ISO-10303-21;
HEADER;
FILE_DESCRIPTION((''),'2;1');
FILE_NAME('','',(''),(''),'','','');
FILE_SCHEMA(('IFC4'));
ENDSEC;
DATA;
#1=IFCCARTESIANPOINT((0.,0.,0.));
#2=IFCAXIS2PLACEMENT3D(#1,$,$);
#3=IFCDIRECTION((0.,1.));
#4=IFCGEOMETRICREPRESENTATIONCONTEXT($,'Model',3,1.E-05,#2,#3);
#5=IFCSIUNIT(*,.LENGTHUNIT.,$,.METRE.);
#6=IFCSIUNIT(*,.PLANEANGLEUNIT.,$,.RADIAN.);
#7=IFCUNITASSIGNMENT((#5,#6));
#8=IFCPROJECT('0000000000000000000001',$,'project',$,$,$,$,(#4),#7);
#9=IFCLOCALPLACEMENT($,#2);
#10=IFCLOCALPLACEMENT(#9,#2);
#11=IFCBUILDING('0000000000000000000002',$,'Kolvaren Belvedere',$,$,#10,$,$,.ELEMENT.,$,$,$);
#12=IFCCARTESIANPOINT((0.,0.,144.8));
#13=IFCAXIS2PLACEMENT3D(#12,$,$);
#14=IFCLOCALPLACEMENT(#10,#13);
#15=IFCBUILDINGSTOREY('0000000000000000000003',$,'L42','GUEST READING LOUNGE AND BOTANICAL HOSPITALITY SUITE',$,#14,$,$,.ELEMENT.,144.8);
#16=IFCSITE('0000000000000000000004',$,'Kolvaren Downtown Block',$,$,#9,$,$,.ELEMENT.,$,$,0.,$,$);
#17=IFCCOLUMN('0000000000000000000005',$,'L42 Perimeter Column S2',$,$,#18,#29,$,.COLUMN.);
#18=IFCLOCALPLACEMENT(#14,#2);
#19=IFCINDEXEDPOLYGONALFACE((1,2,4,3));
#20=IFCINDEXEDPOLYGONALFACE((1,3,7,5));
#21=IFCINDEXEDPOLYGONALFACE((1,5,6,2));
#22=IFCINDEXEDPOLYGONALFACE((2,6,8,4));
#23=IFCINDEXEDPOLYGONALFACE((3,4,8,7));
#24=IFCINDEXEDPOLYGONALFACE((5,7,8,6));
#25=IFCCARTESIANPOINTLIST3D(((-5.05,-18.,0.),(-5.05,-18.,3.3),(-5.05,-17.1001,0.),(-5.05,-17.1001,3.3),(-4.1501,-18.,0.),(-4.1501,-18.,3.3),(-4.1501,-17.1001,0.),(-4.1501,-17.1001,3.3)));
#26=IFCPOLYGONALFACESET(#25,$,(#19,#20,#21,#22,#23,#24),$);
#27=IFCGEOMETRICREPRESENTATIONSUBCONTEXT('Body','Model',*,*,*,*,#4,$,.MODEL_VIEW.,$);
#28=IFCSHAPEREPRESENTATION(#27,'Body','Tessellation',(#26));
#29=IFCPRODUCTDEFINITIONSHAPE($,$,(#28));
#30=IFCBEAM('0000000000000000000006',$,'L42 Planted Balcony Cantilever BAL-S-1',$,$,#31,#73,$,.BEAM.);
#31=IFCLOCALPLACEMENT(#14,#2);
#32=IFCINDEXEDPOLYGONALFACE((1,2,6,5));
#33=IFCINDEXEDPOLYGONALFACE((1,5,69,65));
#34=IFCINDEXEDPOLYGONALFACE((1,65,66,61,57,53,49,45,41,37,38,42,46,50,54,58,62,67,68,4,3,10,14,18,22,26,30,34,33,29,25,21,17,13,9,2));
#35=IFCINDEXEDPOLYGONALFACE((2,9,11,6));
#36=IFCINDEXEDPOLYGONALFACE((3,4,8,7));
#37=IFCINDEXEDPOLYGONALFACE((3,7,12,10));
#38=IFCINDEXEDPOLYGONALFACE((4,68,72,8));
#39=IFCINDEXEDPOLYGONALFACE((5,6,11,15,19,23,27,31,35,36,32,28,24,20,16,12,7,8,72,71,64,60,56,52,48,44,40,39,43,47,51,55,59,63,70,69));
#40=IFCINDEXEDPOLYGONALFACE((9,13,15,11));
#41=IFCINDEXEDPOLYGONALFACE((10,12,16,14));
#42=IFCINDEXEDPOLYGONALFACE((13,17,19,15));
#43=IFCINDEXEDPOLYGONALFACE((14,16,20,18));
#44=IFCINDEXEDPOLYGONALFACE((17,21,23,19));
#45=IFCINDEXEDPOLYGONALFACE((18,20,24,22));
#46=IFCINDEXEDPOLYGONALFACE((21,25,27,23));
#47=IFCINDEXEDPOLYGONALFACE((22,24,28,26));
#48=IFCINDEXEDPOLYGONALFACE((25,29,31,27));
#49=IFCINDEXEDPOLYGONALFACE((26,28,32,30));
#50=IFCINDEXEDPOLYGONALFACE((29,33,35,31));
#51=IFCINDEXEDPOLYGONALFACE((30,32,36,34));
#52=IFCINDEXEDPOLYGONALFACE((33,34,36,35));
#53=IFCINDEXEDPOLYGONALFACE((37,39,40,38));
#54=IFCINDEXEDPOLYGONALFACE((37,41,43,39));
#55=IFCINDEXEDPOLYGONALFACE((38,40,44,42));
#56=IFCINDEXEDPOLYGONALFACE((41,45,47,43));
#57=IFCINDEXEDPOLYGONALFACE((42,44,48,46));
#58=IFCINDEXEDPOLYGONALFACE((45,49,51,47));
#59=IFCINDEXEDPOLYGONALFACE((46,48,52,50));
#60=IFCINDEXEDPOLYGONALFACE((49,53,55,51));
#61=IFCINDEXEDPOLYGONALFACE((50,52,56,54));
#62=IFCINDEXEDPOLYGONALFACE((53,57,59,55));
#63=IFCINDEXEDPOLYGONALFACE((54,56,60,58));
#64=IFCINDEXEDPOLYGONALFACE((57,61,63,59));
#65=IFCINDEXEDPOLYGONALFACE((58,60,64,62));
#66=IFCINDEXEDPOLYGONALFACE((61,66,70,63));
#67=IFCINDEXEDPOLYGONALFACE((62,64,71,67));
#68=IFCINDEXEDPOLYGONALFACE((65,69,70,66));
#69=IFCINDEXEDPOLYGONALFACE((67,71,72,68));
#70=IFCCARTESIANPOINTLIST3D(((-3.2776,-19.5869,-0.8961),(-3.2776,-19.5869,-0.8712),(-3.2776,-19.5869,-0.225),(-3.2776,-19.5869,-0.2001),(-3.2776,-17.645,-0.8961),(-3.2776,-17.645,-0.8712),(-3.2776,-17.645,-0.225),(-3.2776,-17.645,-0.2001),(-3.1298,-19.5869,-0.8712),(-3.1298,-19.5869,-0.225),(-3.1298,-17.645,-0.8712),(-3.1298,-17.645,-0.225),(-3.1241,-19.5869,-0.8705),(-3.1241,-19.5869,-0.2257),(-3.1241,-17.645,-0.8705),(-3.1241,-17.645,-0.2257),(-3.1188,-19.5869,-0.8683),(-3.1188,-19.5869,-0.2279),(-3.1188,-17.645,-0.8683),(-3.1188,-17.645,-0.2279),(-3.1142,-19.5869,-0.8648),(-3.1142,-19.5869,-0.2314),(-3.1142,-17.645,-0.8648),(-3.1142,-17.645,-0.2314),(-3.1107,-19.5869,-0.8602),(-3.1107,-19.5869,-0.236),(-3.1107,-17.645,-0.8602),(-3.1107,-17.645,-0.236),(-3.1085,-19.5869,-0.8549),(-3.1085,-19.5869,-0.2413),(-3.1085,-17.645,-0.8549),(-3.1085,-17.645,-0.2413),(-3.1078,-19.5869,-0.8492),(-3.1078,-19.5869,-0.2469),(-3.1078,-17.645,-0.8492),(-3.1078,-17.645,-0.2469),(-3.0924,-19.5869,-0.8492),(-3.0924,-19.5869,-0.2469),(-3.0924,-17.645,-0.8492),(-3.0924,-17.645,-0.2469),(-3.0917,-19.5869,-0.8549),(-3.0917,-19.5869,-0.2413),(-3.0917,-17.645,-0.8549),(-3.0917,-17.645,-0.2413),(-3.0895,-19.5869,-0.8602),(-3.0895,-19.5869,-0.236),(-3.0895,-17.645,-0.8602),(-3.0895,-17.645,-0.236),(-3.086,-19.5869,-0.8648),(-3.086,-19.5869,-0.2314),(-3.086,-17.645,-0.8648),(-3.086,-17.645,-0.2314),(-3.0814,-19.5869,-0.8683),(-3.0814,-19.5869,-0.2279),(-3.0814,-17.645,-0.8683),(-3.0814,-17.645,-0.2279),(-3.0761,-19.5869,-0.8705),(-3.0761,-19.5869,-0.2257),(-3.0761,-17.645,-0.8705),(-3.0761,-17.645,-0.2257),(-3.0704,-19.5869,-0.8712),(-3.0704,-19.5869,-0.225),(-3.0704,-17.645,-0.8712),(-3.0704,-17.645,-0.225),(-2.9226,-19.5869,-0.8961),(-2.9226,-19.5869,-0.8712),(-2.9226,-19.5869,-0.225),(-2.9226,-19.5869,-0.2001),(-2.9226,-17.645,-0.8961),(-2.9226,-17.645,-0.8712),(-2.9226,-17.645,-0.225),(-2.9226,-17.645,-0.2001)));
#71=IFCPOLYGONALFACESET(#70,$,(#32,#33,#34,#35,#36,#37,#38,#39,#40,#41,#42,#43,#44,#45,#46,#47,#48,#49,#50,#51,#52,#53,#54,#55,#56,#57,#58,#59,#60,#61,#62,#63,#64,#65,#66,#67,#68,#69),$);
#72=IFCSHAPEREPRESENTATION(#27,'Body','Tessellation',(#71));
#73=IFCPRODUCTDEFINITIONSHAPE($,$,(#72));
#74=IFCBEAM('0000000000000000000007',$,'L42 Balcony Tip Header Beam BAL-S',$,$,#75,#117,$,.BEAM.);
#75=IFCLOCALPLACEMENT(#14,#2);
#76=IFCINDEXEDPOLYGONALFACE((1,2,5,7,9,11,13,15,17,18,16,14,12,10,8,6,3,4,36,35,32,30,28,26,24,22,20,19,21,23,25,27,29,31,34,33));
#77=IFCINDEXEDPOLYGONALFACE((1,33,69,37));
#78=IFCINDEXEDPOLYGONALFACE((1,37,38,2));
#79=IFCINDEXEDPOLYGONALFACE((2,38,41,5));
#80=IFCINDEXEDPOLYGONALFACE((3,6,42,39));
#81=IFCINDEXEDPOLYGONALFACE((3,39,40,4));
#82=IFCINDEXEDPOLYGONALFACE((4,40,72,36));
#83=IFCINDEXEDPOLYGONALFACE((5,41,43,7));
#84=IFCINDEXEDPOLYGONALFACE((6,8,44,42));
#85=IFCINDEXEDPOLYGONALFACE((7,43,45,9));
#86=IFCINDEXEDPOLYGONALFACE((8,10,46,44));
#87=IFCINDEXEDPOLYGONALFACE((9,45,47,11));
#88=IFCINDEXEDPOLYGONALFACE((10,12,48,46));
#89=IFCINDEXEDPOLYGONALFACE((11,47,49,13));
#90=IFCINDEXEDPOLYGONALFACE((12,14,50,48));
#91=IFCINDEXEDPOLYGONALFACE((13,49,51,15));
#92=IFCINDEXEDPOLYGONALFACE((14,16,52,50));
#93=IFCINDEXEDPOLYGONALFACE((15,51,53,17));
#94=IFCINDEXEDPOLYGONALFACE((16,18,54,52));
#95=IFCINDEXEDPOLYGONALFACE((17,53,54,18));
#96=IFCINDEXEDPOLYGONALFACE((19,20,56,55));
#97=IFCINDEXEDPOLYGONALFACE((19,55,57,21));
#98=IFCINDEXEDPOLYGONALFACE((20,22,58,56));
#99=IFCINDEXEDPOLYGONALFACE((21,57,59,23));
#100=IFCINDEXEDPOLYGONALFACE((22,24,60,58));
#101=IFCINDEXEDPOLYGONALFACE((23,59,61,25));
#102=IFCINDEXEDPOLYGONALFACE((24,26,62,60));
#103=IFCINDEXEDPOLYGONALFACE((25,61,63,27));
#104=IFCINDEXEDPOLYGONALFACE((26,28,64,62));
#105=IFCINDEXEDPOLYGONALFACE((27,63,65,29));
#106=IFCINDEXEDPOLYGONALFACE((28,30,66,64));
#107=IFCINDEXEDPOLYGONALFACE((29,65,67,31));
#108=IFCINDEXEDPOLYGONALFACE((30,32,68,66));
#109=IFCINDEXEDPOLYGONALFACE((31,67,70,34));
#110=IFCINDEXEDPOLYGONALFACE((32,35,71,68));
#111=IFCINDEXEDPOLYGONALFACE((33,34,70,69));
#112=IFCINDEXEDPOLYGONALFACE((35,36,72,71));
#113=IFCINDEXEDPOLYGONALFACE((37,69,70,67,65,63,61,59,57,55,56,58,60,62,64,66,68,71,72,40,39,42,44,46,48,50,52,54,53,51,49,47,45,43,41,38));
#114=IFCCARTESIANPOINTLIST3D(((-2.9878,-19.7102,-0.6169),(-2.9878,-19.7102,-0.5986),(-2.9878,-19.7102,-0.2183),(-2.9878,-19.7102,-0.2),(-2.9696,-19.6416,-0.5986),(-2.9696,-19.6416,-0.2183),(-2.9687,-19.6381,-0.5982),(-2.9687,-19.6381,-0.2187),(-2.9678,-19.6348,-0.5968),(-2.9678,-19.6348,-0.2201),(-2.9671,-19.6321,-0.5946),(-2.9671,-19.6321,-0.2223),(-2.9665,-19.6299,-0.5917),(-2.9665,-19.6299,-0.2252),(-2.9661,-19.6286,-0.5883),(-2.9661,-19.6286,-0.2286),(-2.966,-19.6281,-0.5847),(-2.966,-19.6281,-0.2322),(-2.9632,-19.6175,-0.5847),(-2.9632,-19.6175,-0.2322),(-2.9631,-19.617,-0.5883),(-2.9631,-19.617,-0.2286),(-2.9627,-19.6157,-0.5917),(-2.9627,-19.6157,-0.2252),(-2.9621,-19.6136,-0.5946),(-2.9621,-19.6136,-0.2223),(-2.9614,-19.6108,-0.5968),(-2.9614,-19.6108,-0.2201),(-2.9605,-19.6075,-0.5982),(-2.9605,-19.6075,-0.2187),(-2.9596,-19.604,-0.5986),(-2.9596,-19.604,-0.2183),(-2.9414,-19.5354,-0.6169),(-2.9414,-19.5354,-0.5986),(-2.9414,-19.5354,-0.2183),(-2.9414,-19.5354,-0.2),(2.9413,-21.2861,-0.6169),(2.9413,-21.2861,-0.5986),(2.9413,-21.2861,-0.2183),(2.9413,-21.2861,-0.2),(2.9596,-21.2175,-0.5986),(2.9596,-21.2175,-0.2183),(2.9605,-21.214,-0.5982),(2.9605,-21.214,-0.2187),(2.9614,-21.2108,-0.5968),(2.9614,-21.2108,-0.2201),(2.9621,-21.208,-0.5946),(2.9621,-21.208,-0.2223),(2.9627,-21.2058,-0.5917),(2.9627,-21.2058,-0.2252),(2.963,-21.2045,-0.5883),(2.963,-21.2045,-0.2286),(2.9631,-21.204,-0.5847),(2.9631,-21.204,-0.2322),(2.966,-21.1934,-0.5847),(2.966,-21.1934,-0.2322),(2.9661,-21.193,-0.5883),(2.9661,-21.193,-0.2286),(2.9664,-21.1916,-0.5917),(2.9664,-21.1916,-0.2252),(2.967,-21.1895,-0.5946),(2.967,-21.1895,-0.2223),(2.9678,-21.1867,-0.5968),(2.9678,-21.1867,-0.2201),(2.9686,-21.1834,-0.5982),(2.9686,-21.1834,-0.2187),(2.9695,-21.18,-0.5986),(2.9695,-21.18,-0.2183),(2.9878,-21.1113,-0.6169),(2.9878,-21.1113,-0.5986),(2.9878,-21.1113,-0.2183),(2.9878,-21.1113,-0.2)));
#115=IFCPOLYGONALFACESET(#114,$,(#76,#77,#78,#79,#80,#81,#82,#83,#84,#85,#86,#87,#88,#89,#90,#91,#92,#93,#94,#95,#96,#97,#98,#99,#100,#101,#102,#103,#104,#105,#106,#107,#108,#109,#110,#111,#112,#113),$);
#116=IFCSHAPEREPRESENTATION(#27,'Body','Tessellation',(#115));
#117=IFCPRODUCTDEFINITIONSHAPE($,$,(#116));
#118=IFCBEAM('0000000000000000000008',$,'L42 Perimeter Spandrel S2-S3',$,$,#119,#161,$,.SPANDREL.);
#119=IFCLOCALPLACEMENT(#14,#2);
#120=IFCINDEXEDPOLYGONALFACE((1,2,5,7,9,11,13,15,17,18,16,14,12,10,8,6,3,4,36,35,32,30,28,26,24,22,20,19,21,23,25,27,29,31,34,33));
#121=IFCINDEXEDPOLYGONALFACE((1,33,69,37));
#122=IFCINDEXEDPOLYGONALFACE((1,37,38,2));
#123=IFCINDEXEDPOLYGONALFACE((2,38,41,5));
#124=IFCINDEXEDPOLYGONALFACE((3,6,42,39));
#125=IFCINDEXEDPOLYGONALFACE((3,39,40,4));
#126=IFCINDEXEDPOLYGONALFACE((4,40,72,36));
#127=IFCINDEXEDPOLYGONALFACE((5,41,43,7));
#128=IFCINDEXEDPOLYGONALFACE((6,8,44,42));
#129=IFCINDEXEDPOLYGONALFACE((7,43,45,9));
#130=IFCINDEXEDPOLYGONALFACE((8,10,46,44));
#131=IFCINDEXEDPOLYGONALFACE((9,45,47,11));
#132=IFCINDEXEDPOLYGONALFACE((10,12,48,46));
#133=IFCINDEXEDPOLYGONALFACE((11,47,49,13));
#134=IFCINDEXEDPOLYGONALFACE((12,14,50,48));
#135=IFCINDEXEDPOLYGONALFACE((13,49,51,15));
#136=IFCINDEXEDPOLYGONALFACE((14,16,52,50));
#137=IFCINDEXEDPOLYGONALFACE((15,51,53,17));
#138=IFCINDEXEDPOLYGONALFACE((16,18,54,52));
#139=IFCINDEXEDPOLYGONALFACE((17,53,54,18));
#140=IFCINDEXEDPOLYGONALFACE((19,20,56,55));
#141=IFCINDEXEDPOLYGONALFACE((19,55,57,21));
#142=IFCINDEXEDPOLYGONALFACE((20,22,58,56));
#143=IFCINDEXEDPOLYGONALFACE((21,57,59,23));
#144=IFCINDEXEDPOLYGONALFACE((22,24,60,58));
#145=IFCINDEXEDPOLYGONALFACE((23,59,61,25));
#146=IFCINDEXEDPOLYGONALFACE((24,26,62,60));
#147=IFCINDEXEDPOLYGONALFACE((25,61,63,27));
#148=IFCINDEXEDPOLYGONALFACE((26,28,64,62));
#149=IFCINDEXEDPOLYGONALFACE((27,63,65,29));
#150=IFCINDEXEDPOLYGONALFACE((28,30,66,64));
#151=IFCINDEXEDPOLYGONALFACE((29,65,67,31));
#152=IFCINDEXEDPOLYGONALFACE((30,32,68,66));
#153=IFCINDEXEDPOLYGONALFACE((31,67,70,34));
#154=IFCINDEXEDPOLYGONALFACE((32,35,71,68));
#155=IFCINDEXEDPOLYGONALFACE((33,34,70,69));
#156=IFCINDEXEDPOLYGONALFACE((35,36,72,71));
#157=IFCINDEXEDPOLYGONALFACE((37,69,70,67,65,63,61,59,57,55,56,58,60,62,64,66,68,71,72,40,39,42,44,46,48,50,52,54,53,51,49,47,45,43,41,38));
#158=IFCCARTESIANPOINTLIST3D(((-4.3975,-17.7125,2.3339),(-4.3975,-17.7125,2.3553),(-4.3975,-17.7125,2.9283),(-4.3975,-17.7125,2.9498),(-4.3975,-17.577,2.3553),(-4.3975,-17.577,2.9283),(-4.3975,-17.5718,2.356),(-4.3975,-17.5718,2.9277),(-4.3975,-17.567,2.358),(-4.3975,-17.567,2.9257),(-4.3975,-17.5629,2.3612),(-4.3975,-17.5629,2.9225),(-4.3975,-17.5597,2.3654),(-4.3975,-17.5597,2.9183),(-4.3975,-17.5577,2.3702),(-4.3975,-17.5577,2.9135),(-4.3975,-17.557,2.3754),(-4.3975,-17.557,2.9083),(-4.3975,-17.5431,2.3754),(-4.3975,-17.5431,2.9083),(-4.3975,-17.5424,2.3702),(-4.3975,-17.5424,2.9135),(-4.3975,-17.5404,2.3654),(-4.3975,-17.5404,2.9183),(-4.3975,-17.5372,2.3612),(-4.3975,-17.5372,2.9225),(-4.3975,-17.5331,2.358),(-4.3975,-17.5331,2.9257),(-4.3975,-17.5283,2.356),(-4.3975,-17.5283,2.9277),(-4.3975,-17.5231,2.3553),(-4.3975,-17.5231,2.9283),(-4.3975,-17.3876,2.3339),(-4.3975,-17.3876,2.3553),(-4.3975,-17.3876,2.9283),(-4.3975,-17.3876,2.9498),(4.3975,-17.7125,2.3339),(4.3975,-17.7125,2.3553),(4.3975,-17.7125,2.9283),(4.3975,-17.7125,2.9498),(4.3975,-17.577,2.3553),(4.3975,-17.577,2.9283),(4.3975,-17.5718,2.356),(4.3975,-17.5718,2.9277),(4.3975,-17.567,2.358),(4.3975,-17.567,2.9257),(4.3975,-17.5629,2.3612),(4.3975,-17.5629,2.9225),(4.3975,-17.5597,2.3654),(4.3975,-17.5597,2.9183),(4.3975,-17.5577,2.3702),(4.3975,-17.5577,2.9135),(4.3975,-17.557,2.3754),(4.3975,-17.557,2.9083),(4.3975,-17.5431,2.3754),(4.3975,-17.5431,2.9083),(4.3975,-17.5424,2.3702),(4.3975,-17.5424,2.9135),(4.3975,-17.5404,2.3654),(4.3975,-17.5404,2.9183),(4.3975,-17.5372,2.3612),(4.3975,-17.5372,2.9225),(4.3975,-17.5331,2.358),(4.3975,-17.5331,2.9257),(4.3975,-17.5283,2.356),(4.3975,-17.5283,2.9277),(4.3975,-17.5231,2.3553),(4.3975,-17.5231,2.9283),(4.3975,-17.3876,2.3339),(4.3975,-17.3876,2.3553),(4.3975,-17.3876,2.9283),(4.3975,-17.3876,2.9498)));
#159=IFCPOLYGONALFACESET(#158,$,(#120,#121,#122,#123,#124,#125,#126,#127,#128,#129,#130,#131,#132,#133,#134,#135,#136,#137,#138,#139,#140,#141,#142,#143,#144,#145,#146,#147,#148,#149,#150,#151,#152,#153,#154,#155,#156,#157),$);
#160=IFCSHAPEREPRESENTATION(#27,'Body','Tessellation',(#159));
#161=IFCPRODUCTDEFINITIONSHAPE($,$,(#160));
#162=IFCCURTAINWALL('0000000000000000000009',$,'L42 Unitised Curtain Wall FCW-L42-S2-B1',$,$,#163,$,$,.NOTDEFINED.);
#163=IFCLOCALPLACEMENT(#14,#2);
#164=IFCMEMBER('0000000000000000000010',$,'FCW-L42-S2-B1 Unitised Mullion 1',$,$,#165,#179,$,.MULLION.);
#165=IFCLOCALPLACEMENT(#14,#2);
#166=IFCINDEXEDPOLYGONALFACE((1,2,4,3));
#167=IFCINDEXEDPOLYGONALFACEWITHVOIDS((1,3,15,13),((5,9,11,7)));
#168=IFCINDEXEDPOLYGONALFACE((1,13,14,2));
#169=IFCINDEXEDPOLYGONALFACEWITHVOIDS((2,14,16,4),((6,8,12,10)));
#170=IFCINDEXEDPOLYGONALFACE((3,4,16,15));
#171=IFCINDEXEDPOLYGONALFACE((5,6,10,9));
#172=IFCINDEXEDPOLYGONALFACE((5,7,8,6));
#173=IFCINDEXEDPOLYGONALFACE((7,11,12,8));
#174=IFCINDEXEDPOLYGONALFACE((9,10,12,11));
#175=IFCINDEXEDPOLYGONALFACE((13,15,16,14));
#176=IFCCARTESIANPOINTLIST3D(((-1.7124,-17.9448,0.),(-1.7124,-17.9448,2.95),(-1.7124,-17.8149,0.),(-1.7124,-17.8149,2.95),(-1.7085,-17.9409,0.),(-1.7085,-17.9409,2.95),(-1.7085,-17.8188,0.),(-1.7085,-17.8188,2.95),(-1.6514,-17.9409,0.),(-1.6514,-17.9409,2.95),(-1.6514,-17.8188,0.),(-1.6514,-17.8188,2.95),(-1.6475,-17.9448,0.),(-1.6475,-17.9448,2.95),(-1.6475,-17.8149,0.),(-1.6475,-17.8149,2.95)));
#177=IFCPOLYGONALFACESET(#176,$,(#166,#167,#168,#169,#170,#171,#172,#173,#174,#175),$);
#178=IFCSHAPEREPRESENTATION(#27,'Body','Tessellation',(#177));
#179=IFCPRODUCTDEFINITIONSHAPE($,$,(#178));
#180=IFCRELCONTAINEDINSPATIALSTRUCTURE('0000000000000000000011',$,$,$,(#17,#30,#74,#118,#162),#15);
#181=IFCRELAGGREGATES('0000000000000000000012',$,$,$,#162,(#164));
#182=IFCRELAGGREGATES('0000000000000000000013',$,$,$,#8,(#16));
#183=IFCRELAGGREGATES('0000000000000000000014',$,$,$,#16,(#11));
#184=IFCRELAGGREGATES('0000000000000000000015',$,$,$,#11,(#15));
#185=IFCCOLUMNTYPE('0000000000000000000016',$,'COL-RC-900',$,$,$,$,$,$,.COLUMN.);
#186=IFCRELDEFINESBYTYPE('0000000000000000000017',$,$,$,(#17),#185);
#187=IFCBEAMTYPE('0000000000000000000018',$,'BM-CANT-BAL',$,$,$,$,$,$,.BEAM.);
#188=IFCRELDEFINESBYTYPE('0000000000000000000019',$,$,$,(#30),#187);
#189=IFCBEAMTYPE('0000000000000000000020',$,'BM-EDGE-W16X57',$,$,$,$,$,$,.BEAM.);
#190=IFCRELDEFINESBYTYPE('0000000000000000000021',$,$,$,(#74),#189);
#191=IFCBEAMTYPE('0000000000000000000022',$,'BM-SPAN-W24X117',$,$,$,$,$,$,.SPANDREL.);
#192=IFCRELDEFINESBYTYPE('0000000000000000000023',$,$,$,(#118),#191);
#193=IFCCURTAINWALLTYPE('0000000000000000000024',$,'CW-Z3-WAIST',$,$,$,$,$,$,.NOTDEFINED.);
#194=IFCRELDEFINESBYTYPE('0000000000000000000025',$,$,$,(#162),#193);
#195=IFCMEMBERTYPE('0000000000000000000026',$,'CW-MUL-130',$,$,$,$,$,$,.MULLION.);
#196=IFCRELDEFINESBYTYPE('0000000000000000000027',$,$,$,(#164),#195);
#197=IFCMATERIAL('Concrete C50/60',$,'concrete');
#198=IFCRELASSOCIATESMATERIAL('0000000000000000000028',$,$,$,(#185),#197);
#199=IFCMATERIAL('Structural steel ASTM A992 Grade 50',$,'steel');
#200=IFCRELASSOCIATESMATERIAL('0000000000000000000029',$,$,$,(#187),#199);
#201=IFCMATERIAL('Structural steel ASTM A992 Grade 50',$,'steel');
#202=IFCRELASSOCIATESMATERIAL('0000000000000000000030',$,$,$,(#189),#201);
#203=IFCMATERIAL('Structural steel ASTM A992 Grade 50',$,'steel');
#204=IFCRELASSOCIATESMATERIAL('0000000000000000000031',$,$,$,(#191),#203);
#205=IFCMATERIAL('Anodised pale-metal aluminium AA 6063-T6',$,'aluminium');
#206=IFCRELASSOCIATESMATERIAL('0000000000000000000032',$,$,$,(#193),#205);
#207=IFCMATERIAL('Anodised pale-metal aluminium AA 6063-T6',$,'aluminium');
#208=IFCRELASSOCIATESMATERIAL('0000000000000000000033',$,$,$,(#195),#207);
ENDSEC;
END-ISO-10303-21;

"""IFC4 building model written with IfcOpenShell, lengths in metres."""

from ifc_helpers import new_model, si_unit, direction, frame, origin, origin_2d, place, context, subcontext, project, spatial, rectangle, hollow_rectangle, i_section, extrude, material, material_profile, profile_set, type_object, element, aggregate, save


model = new_model("IFC4")

# Units and contexts
model_context = context("Model", 3, precision=1e-05, world=origin(), true_north=direction((0.0, 1.0)))
body_context = subcontext(model_context, "Body", "Model", "MODEL_VIEW")
ifc_project = project(units=[si_unit("LENGTHUNIT", "METRE"), si_unit("PLANEANGLEUNIT", "RADIAN")], contexts=[model_context])

# Site, building, storey
site_placement = place(None, origin())
site = spatial("IfcSite", under=ifc_project, at=site_placement, Name="Kolvaren Downtown Block", CompositionType="ELEMENT", RefElevation=0.0)
building_placement = place(site_placement, origin())
building = spatial("IfcBuilding", under=site, at=building_placement, Name="Kolvaren Belvedere", CompositionType="ELEMENT")
storey_placement = place(building_placement, frame((0.0, 0.0, 144.8)))
storey = spatial("IfcBuildingStorey", under=building, at=storey_placement, Name="L42", Description="GUEST READING LOUNGE AND BOTANICAL HOSPITALITY SUITE", CompositionType="ELEMENT", Elevation=144.8)

# Column
ifc_material_1 = material(Name="Concrete C50/60", Category="concrete")
ifc_material_profile_1 = material_profile(ifc_material_1, rectangle(XDim=0.8999, YDim=0.8999, at=origin_2d()), Name="RC 900X900")
ifc_profile_set_1 = profile_set([ifc_material_profile_1], Name="Concrete C50/60")
column_type = type_object("IfcColumnType", Name="COL-RC-900", PredefinedType="COLUMN", material=ifc_profile_set_1)
column_placement = place(storey_placement, frame((-4.6001, -17.55, 0.0), z_axis=(0.0, 0.0, 1.0), x_axis=(1.0, 0.0, 0.0)))
element("IfcColumn", 1, at=column_placement, inside=storey, type_object=column_type, Name="L42 Perimeter Column S2", PredefinedType="COLUMN", context=body_context, shape_type="SweptSolid", body=[
    extrude(rectangle(XDim=0.8999, YDim=0.8999, at=origin_2d()), origin(), (0.0, 0.0, 1.0), 3.3),
])

# Beams
ifc_material_2 = material(Name="Structural steel ASTM A992 Grade 50", Category="steel")
ifc_material_profile_2 = material_profile(ifc_material_2, i_section(OverallWidth=0.355, OverallDepth=0.696, WebThickness=0.0154, FlangeThickness=0.0249, FilletRadius=0.022, at=origin_2d()), Name="W27X146")
ifc_profile_set_2 = profile_set([ifc_material_profile_2], Name="Structural steel ASTM A992 Grade 50")
beam_type_1 = type_object("IfcBeamType", Name="BM-CANT-BAL", PredefinedType="BEAM", material=ifc_profile_set_2)
beam_1_placement = place(storey_placement, frame((-3.1001, -17.645, -0.5481), z_axis=(0.0, -1.0, 0.0), x_axis=(1.0, 0.0, 0.0)))
element("IfcBeam", 2, at=beam_1_placement, inside=storey, type_object=beam_type_1, Name="L42 Planted Balcony Cantilever BAL-S-1", PredefinedType="BEAM", context=body_context, shape_type="SweptSolid", body=[
    extrude(i_section(OverallWidth=0.355, OverallDepth=0.696, WebThickness=0.0154, FlangeThickness=0.0249, FilletRadius=0.022, at=origin_2d()), origin(), (0.0, 0.0, 1.0), 1.9419),
])
ifc_material_3 = material(Name="Structural steel ASTM A992 Grade 50", Category="steel")
ifc_material_profile_3 = material_profile(ifc_material_3, i_section(OverallWidth=0.1809, OverallDepth=0.417, WebThickness=0.011, FlangeThickness=0.0183, FilletRadius=0.0139, at=origin_2d()), Name="W16X57")
ifc_profile_set_3 = profile_set([ifc_material_profile_3], Name="Structural steel ASTM A992 Grade 50")
beam_type_2 = type_object("IfcBeamType", Name="BM-EDGE-W16X57", PredefinedType="BEAM", material=ifc_profile_set_3)
beam_2_placement = place(storey_placement, frame((-2.9646, -19.6228, -0.4084), z_axis=(0.966445, -0.256872, 0.0), x_axis=(0.256872, 0.966445, 0.0)))
element("IfcBeam", 3, at=beam_2_placement, inside=storey, type_object=beam_type_2, Name="L42 Balcony Tip Header Beam BAL-S", PredefinedType="BEAM", context=body_context, shape_type="SweptSolid", body=[
    extrude(i_section(OverallWidth=0.1809, OverallDepth=0.417, WebThickness=0.011, FlangeThickness=0.0183, FilletRadius=0.0139, at=origin_2d()), origin(), (0.0, 0.0, 1.0), 6.135),
])
ifc_material_4 = material(Name="Structural steel ASTM A992 Grade 50", Category="steel")
ifc_material_profile_4 = material_profile(ifc_material_4, i_section(OverallWidth=0.325, OverallDepth=0.616, WebThickness=0.0139, FlangeThickness=0.0215, FilletRadius=0.02, at=origin_2d()), Name="W24X117")
ifc_profile_set_4 = profile_set([ifc_material_profile_4], Name="Structural steel ASTM A992 Grade 50")
beam_type_3 = type_object("IfcBeamType", Name="BM-SPAN-W24X117", PredefinedType="SPANDREL", material=ifc_profile_set_4)
beam_3_placement = place(storey_placement, frame((-4.3975, -17.55, 2.6418), z_axis=(1.0, 0.0, 0.0), x_axis=(0.0, 1.0, 0.0)))
element("IfcBeam", 4, at=beam_3_placement, inside=storey, type_object=beam_type_3, Name="L42 Perimeter Spandrel S2-S3", PredefinedType="SPANDREL", context=body_context, shape_type="SweptSolid", body=[
    extrude(i_section(OverallWidth=0.325, OverallDepth=0.616, WebThickness=0.0139, FlangeThickness=0.0215, FilletRadius=0.02, at=origin_2d()), origin(), (0.0, 0.0, 1.0), 8.7949),
])

# Curtain wall, member
ifc_material_5 = material(Name="Anodised pale-metal aluminium AA 6063-T6", Category="aluminium")
curtain_wall_type = type_object("IfcCurtainWallType", Name="CW-Z3-WAIST", PredefinedType="NOTDEFINED", material=ifc_material_5)
curtain_wall_1_placement = place(storey_placement, origin())
curtain_wall_1 = element("IfcCurtainWall", 5, at=curtain_wall_1_placement, inside=storey, type_object=curtain_wall_type, Name="L42 Unitised Curtain Wall FCW-L42-S2-B1", PredefinedType="NOTDEFINED")
ifc_material_6 = material(Name="Anodised pale-metal aluminium AA 6063-T6", Category="aluminium")
ifc_material_profile_5 = material_profile(ifc_material_6, hollow_rectangle(XDim=0.0649, YDim=0.1299, WallThickness=0.0039, at=origin_2d()), Name="ALU-MUL-130X65")
ifc_profile_set_5 = profile_set([ifc_material_profile_5], Name="Anodised pale-metal aluminium AA 6063-T6")
member_type_1 = type_object("IfcMemberType", Name="CW-MUL-130", PredefinedType="MULLION", material=ifc_profile_set_5)
member_1_placement = place(storey_placement, frame((-1.6799, -17.8799, 0.0), z_axis=(0.0, 0.0, 1.0), x_axis=(1.0, 0.0, 0.0)))
member_1 = element("IfcMember", 6, at=member_1_placement, type_object=member_type_1, Name="FCW-L42-S2-B1 Unitised Mullion 1", PredefinedType="MULLION", context=body_context, shape_type="SweptSolid", body=[
    extrude(hollow_rectangle(XDim=0.0649, YDim=0.1299, WallThickness=0.0039, at=origin_2d()), origin(), (0.0, 0.0, 1.0), 2.95),
])

aggregate(curtain_wall_1, [member_1])

save(model, "model.ifc")
